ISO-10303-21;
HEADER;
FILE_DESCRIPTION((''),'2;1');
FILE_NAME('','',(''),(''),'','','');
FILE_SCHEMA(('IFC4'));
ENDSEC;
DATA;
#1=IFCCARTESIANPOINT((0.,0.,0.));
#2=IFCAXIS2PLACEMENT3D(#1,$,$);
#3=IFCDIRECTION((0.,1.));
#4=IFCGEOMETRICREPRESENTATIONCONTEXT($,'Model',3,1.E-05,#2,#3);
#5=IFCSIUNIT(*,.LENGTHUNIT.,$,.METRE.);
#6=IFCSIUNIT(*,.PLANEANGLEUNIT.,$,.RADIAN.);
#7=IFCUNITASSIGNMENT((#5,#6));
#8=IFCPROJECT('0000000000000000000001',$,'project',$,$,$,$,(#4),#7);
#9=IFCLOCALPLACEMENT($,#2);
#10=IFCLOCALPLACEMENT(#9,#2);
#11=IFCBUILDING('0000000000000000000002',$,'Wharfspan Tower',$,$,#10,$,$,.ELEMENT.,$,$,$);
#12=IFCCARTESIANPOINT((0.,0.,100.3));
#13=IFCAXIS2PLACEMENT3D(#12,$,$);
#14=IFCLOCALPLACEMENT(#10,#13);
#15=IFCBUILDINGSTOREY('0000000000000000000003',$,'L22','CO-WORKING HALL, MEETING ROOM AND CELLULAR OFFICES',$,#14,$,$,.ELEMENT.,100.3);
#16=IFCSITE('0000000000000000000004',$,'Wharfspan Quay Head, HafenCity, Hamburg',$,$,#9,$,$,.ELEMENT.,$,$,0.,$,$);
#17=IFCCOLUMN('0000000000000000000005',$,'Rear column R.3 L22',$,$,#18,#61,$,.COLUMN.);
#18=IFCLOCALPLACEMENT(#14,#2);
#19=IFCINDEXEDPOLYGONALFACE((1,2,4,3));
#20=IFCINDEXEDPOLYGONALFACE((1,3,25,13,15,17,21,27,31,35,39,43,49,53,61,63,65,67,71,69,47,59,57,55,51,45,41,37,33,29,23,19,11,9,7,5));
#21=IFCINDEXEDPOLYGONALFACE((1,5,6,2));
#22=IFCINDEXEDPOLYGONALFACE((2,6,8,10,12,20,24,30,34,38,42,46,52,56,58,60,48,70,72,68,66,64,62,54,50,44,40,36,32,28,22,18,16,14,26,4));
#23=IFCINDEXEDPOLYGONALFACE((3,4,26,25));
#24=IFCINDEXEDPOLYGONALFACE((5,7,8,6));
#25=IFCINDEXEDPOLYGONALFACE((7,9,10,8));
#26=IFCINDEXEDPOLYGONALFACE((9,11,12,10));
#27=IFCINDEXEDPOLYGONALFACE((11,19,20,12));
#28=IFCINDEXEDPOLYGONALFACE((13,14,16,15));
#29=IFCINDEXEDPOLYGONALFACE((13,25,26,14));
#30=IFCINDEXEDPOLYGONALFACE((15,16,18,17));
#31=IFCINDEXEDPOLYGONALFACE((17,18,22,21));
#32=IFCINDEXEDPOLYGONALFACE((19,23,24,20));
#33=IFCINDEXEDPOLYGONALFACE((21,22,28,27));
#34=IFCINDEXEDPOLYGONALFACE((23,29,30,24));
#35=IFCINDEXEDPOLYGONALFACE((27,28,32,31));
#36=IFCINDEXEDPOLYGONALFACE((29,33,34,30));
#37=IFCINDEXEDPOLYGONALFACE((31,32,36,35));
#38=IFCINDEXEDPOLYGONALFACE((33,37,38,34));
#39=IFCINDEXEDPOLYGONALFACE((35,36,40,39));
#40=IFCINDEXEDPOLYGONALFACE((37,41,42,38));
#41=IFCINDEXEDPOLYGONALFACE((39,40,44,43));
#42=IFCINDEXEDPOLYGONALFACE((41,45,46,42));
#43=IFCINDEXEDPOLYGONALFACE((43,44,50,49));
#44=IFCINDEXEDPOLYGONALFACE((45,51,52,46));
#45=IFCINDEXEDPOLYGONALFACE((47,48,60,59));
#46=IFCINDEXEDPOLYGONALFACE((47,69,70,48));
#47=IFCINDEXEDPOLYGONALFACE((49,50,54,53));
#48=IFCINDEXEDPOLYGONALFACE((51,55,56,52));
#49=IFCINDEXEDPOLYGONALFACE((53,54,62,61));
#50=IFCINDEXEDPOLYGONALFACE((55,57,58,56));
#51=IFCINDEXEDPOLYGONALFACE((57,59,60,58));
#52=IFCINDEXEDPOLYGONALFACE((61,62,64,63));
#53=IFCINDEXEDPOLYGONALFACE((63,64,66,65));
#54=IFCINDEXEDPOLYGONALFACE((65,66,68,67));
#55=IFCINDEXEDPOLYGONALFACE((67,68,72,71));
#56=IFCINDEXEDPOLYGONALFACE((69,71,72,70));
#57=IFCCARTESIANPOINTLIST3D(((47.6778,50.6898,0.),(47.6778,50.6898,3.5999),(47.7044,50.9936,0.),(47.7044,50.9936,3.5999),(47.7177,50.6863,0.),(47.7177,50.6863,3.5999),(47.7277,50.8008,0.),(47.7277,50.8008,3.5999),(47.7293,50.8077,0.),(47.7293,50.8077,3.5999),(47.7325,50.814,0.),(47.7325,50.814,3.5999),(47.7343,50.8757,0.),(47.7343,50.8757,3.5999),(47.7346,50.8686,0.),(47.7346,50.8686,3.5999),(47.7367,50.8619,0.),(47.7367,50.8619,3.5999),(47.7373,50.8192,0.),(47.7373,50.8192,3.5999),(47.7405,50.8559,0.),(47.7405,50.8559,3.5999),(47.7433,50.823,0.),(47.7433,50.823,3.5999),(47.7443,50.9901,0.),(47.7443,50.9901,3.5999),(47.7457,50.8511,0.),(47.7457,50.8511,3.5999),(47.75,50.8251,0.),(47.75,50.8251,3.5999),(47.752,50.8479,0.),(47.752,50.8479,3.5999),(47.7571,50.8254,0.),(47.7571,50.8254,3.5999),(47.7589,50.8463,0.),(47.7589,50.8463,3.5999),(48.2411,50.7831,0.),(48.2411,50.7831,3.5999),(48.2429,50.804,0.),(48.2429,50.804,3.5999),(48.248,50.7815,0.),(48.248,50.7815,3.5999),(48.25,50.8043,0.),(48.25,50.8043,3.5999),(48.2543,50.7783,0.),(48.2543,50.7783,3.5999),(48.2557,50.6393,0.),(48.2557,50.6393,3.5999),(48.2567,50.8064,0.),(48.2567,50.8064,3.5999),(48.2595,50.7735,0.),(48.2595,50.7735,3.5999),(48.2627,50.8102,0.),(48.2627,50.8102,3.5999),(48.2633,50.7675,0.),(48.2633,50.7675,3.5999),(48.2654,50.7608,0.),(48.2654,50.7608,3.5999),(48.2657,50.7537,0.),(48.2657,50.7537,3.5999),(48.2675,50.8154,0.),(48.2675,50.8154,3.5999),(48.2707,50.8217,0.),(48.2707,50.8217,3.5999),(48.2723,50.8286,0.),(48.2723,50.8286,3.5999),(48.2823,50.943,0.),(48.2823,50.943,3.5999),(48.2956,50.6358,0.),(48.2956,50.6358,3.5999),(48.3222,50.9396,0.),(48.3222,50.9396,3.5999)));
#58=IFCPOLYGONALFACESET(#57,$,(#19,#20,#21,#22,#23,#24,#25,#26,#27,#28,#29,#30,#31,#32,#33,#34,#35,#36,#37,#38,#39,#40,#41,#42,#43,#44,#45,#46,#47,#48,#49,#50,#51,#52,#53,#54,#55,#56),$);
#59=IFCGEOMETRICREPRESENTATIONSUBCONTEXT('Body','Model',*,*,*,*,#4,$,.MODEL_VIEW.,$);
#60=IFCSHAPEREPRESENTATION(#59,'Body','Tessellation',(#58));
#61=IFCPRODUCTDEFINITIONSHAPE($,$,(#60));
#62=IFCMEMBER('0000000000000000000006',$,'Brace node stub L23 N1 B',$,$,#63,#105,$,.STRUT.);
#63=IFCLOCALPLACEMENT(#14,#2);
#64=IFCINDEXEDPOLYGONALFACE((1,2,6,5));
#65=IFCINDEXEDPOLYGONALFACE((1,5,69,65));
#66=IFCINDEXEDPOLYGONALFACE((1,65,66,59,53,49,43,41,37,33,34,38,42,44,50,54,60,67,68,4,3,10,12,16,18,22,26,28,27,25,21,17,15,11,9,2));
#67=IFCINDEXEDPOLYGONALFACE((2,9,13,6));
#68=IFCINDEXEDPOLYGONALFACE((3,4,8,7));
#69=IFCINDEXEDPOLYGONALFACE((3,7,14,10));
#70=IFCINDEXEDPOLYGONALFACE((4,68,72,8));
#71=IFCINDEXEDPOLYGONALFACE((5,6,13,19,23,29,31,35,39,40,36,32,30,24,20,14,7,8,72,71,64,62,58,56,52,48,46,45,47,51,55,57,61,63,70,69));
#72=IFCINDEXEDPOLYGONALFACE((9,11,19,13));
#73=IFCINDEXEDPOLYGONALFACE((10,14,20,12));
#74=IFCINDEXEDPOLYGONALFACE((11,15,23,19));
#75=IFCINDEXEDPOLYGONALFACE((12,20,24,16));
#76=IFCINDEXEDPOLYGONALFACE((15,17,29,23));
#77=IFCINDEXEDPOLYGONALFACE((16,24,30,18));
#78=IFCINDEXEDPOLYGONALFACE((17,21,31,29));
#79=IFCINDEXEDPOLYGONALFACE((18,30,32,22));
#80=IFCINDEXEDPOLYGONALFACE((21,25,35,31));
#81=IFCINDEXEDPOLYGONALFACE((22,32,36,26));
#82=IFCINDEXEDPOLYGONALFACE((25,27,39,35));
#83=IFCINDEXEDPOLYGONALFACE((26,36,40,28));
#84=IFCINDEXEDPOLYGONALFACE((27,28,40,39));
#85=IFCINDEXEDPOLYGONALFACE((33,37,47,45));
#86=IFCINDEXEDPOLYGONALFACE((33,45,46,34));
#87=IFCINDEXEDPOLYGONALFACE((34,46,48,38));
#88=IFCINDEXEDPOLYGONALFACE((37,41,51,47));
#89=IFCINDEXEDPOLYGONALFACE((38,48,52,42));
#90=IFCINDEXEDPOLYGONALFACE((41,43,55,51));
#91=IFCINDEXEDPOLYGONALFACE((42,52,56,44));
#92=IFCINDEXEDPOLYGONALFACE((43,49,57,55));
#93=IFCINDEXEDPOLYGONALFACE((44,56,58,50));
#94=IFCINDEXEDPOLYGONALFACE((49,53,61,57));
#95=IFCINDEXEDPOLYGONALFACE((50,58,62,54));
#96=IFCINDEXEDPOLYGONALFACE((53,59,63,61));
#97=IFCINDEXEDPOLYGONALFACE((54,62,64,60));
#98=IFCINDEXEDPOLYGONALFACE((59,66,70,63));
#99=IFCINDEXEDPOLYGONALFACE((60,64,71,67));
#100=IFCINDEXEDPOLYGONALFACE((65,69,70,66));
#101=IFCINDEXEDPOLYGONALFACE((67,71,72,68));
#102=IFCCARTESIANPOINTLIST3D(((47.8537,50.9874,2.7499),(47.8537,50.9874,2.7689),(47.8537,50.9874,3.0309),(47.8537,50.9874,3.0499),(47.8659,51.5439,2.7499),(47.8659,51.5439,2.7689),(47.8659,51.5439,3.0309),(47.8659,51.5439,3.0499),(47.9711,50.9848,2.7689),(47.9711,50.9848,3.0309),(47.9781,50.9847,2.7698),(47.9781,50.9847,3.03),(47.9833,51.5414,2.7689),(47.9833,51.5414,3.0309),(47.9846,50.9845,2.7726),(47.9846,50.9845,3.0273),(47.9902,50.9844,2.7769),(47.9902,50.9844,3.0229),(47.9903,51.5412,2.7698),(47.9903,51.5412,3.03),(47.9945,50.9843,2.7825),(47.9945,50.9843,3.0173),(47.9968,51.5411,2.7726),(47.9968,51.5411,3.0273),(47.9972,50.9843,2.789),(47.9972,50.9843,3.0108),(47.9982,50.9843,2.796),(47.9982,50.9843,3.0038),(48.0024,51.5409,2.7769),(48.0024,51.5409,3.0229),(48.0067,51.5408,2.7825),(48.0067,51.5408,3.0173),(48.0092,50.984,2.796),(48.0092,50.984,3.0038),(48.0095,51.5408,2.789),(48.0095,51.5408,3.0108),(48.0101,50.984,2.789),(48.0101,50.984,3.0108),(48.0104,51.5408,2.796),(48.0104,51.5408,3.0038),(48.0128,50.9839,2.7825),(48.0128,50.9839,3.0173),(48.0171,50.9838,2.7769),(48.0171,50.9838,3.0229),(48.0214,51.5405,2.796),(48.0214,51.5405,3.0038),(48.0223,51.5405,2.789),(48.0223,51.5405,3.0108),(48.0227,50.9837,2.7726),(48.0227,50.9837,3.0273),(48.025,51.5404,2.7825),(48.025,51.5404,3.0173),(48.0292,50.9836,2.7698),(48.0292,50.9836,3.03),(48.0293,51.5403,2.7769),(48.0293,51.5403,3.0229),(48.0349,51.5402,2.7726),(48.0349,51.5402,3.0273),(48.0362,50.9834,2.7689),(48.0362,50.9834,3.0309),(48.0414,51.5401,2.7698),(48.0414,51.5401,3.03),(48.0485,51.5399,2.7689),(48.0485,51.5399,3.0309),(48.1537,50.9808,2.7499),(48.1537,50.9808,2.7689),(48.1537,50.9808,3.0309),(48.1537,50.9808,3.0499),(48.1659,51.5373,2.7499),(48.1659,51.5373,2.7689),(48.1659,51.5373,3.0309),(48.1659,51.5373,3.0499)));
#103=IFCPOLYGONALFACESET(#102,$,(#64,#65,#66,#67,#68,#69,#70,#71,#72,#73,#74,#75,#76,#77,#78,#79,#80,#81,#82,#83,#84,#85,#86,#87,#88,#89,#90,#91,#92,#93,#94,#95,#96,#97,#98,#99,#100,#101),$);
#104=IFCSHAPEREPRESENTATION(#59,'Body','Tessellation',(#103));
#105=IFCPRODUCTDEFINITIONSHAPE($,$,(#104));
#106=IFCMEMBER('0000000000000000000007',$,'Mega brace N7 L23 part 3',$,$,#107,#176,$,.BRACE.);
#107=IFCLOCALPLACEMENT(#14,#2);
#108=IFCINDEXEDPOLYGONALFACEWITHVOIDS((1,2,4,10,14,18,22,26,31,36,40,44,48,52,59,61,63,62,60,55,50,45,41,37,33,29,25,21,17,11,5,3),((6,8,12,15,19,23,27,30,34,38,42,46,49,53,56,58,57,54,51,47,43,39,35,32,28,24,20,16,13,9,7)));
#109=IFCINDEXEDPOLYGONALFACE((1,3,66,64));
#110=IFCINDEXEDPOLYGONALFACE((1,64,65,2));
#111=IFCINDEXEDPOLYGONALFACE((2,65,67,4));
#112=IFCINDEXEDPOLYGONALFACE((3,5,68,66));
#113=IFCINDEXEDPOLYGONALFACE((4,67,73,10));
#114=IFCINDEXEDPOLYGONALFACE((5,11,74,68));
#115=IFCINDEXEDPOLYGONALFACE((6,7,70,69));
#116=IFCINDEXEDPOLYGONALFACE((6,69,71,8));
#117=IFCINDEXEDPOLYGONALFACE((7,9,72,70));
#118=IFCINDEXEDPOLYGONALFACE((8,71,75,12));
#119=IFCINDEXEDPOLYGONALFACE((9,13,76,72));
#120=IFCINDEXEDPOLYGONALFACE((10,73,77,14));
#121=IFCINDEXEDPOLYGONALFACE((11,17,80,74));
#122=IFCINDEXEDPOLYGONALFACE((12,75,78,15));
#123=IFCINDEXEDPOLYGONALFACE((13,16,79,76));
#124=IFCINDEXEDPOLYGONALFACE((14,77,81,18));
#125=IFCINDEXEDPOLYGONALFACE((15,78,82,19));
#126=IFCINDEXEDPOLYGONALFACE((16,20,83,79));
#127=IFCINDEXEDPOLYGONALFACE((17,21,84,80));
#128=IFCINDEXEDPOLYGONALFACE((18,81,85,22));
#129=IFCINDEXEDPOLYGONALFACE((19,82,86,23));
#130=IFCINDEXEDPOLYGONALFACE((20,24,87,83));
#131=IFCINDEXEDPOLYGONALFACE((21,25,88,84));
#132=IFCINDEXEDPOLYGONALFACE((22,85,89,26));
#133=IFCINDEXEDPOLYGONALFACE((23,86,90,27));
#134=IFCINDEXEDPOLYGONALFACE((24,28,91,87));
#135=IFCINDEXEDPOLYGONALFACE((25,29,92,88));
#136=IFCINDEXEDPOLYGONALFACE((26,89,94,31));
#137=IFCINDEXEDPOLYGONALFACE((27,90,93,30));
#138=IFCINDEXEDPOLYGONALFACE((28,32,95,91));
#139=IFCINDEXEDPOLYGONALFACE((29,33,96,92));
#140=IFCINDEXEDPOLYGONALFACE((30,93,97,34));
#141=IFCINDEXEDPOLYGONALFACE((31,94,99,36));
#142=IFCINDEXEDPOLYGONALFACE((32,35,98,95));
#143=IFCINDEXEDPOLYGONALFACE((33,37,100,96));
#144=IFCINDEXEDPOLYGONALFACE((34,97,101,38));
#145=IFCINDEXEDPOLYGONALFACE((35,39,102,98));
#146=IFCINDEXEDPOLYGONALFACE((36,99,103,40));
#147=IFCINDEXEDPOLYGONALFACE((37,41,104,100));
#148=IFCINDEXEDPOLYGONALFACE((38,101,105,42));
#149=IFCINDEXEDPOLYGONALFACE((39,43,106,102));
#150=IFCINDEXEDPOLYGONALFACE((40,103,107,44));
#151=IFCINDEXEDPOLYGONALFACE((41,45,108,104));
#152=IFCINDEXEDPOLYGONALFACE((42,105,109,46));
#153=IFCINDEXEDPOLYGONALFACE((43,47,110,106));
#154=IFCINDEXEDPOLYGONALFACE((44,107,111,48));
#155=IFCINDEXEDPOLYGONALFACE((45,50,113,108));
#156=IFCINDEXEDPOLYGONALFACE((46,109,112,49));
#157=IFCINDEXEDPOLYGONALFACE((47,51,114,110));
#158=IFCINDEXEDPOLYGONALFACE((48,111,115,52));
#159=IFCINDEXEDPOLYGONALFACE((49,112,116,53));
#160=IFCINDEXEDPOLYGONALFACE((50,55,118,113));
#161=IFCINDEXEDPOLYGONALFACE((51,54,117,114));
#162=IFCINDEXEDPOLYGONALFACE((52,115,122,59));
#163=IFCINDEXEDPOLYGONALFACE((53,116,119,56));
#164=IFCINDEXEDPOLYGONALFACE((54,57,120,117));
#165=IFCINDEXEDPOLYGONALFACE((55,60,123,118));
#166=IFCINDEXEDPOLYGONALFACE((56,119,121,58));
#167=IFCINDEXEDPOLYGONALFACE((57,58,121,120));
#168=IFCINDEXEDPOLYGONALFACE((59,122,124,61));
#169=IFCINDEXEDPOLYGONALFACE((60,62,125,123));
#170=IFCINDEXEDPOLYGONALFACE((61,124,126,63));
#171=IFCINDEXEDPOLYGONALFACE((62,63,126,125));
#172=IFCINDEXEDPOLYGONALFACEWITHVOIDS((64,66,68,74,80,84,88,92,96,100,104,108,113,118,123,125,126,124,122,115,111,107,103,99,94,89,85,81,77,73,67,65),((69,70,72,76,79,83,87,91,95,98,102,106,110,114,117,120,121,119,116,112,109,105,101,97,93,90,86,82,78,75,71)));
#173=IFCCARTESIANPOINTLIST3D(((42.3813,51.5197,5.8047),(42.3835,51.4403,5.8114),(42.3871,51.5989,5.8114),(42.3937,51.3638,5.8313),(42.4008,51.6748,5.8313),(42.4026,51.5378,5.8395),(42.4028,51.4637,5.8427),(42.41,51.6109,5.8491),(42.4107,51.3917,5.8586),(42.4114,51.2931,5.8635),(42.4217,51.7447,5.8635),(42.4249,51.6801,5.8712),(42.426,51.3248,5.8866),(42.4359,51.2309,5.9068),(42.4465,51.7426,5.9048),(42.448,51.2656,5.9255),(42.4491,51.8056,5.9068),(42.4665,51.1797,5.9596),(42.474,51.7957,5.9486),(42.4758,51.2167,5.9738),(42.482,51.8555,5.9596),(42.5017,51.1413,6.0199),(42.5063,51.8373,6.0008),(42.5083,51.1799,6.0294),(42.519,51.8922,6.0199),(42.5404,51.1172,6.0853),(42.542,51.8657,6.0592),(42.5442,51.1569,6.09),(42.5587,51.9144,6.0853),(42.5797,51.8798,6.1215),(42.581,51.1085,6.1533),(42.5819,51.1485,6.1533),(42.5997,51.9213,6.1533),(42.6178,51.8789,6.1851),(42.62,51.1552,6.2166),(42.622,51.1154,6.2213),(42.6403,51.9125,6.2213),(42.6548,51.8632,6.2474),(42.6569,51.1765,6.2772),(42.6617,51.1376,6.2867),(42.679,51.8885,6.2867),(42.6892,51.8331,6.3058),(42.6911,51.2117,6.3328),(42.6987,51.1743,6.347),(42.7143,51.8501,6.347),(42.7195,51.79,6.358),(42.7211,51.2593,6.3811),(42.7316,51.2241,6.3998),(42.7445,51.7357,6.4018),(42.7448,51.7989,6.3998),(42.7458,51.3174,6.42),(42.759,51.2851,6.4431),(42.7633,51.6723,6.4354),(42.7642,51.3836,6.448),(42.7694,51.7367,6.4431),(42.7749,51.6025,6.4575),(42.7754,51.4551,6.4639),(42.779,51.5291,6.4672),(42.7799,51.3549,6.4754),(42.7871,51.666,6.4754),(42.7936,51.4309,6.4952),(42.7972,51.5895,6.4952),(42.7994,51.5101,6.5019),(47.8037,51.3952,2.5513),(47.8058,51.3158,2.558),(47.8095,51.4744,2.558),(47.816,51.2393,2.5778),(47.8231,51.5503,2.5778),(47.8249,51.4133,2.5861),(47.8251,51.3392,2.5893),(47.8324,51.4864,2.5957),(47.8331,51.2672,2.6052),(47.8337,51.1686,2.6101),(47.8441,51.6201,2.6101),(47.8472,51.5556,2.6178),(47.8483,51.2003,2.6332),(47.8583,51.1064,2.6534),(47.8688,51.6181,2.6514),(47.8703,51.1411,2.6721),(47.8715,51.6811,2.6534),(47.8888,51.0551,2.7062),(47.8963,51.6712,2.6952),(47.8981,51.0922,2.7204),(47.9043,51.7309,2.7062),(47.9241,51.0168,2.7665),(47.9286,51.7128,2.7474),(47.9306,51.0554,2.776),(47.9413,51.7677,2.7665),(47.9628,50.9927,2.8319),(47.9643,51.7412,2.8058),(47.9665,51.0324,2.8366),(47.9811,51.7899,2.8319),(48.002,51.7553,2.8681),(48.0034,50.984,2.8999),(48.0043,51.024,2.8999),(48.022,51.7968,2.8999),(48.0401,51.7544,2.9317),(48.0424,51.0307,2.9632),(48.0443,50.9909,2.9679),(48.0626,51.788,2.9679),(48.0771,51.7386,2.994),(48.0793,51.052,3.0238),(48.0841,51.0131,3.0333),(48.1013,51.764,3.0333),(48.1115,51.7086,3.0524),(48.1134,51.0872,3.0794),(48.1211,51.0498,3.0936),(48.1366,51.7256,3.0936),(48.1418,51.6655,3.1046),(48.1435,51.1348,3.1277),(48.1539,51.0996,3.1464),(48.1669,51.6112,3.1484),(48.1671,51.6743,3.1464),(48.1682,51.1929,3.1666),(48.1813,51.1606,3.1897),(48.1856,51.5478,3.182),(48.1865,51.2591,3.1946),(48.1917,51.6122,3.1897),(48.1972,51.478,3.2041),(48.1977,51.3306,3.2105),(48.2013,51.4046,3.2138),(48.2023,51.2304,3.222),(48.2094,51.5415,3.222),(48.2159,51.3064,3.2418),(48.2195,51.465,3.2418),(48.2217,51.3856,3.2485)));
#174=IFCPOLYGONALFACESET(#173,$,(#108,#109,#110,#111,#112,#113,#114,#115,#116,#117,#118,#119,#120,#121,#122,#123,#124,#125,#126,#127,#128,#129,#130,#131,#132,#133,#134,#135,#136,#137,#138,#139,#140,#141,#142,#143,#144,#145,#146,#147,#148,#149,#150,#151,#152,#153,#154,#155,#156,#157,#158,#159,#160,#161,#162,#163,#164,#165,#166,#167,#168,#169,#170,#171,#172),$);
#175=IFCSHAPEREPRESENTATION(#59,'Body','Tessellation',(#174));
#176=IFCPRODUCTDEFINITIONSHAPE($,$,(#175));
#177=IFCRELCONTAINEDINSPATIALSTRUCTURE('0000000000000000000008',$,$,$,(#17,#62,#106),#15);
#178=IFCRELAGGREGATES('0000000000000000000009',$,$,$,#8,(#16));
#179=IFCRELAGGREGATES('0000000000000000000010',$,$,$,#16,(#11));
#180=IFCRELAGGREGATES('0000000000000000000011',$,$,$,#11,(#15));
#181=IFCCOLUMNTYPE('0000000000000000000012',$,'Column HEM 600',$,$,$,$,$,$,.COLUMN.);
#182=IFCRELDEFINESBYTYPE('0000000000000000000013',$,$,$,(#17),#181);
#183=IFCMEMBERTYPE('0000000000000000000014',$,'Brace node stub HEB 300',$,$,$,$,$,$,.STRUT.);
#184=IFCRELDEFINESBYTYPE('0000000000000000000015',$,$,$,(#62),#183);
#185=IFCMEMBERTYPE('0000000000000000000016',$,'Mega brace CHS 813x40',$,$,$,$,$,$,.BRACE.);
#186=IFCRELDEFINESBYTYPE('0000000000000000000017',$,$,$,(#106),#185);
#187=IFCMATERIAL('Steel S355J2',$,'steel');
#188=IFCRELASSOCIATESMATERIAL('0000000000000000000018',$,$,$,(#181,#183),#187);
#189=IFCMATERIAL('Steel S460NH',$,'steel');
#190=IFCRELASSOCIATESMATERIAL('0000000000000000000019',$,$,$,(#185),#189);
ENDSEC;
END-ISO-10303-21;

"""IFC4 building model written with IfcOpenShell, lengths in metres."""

from ifc_helpers import new_model, si_unit, direction, frame, origin, origin_2d, place, context, subcontext, project, spatial, hollow_circle, i_section, extrude, material, material_profile, profile_set, type_object, element, save


model = new_model("IFC4")

# Units and contexts
model_context = context("Model", 3, precision=1e-05, world=origin(), true_north=direction((0.0, 1.0)))
body_context = subcontext(model_context, "Body", "Model", "MODEL_VIEW")
ifc_project = project(units=[si_unit("LENGTHUNIT", "METRE"), si_unit("PLANEANGLEUNIT", "RADIAN")], contexts=[model_context])

# Site, building, storey
site_placement = place(None, origin())
site = spatial("IfcSite", under=ifc_project, at=site_placement, Name="Wharfspan Quay Head, HafenCity, Hamburg", CompositionType="ELEMENT", RefElevation=0.0)
building_placement = place(site_placement, origin())
building = spatial("IfcBuilding", under=site, at=building_placement, Name="Wharfspan Tower", CompositionType="ELEMENT")
storey_placement = place(building_placement, frame((0.0, 0.0, 100.3)))
storey = spatial("IfcBuildingStorey", under=building, at=storey_placement, Name="L22", Description="CO-WORKING HALL, MEETING ROOM AND CELLULAR OFFICES", CompositionType="ELEMENT", Elevation=100.3)

# Column
ifc_material_1 = material(Name="Steel S355J2", Category="steel")
ifc_material_profile_1 = material_profile(ifc_material_1, i_section(OverallWidth=0.3049, OverallDepth=0.6201, WebThickness=0.021, FlangeThickness=0.04, FilletRadius=0.0271, at=origin_2d()))
ifc_profile_set_1 = profile_set([ifc_material_profile_1], Name="Steel S355J2")
column_type = type_object("IfcColumnType", Name="Column HEM 600", PredefinedType="COLUMN", material=ifc_profile_set_1)
column_placement = place(storey_placement, frame((48.0, 50.8147, 0.0), z_axis=(0.0, 0.0, 1.0), x_axis=(0.087156, 0.996198, 0.0)))
element("IfcColumn", 1, at=column_placement, inside=storey, type_object=column_type, Name="Rear column R.3 L22", PredefinedType="COLUMN", context=body_context, shape_type="SweptSolid", body=[
    extrude(i_section(OverallWidth=0.3049, OverallDepth=0.6201, WebThickness=0.021, FlangeThickness=0.04, FilletRadius=0.0271, at=origin_2d()), origin(), (0.0, 0.0, 1.0), 3.5999),
])

# Members
ifc_material_profile_2 = material_profile(ifc_material_1, i_section(OverallWidth=0.3, OverallDepth=0.3, WebThickness=0.011, FlangeThickness=0.019, FilletRadius=0.0271, at=origin_2d()))
ifc_profile_set_2 = profile_set([ifc_material_profile_2], Name="Steel S355J2")
member_type_1 = type_object("IfcMemberType", Name="Brace node stub HEB 300", PredefinedType="STRUT", material=ifc_profile_set_2)
member_1_placement = place(storey_placement, frame((48.0037, 50.9841, 2.8999), z_axis=(0.021934, 0.999759, 0.0), x_axis=(-0.999759, 0.021934, 0.0)))
element("IfcMember", 2, at=member_1_placement, inside=storey, type_object=member_type_1, Name="Brace node stub L23 N1 B", PredefinedType="STRUT", context=body_context, shape_type="SweptSolid", body=[
    extrude(i_section(OverallWidth=0.3, OverallDepth=0.3, WebThickness=0.011, FlangeThickness=0.019, FilletRadius=0.0271, at=origin_2d()), origin(), (0.0, 0.0, 1.0), 0.5566),
])
ifc_material_2 = material(Name="Steel S460NH", Category="steel")
ifc_material_profile_3 = material_profile(ifc_material_2, hollow_circle(Radius=0.4065, WallThickness=0.04, at=origin_2d()))
ifc_profile_set_3 = profile_set([ifc_material_profile_3], Name="Steel S460NH")
member_type_2 = type_object("IfcMemberType", Name="Mega brace CHS 813x40", PredefinedType="BRACE", material=ifc_profile_set_3)
member_2_placement = place(storey_placement, frame((48.0127, 51.3904, 2.8999), z_axis=(-0.857327, 0.019686, 0.514396), x_axis=(-0.022956, -0.999736, 0.0)))
element("IfcMember", 3, at=member_2_placement, inside=storey, type_object=member_type_2, Name="Mega brace N7 L23 part 3", PredefinedType="BRACE", context=body_context, shape_type="SweptSolid", body=[
    extrude(hollow_circle(Radius=0.4065, WallThickness=0.04, at=origin_2d()), origin(), (0.0, 0.0, 1.0), 6.3247),
])

save(model, "model.ifc")
